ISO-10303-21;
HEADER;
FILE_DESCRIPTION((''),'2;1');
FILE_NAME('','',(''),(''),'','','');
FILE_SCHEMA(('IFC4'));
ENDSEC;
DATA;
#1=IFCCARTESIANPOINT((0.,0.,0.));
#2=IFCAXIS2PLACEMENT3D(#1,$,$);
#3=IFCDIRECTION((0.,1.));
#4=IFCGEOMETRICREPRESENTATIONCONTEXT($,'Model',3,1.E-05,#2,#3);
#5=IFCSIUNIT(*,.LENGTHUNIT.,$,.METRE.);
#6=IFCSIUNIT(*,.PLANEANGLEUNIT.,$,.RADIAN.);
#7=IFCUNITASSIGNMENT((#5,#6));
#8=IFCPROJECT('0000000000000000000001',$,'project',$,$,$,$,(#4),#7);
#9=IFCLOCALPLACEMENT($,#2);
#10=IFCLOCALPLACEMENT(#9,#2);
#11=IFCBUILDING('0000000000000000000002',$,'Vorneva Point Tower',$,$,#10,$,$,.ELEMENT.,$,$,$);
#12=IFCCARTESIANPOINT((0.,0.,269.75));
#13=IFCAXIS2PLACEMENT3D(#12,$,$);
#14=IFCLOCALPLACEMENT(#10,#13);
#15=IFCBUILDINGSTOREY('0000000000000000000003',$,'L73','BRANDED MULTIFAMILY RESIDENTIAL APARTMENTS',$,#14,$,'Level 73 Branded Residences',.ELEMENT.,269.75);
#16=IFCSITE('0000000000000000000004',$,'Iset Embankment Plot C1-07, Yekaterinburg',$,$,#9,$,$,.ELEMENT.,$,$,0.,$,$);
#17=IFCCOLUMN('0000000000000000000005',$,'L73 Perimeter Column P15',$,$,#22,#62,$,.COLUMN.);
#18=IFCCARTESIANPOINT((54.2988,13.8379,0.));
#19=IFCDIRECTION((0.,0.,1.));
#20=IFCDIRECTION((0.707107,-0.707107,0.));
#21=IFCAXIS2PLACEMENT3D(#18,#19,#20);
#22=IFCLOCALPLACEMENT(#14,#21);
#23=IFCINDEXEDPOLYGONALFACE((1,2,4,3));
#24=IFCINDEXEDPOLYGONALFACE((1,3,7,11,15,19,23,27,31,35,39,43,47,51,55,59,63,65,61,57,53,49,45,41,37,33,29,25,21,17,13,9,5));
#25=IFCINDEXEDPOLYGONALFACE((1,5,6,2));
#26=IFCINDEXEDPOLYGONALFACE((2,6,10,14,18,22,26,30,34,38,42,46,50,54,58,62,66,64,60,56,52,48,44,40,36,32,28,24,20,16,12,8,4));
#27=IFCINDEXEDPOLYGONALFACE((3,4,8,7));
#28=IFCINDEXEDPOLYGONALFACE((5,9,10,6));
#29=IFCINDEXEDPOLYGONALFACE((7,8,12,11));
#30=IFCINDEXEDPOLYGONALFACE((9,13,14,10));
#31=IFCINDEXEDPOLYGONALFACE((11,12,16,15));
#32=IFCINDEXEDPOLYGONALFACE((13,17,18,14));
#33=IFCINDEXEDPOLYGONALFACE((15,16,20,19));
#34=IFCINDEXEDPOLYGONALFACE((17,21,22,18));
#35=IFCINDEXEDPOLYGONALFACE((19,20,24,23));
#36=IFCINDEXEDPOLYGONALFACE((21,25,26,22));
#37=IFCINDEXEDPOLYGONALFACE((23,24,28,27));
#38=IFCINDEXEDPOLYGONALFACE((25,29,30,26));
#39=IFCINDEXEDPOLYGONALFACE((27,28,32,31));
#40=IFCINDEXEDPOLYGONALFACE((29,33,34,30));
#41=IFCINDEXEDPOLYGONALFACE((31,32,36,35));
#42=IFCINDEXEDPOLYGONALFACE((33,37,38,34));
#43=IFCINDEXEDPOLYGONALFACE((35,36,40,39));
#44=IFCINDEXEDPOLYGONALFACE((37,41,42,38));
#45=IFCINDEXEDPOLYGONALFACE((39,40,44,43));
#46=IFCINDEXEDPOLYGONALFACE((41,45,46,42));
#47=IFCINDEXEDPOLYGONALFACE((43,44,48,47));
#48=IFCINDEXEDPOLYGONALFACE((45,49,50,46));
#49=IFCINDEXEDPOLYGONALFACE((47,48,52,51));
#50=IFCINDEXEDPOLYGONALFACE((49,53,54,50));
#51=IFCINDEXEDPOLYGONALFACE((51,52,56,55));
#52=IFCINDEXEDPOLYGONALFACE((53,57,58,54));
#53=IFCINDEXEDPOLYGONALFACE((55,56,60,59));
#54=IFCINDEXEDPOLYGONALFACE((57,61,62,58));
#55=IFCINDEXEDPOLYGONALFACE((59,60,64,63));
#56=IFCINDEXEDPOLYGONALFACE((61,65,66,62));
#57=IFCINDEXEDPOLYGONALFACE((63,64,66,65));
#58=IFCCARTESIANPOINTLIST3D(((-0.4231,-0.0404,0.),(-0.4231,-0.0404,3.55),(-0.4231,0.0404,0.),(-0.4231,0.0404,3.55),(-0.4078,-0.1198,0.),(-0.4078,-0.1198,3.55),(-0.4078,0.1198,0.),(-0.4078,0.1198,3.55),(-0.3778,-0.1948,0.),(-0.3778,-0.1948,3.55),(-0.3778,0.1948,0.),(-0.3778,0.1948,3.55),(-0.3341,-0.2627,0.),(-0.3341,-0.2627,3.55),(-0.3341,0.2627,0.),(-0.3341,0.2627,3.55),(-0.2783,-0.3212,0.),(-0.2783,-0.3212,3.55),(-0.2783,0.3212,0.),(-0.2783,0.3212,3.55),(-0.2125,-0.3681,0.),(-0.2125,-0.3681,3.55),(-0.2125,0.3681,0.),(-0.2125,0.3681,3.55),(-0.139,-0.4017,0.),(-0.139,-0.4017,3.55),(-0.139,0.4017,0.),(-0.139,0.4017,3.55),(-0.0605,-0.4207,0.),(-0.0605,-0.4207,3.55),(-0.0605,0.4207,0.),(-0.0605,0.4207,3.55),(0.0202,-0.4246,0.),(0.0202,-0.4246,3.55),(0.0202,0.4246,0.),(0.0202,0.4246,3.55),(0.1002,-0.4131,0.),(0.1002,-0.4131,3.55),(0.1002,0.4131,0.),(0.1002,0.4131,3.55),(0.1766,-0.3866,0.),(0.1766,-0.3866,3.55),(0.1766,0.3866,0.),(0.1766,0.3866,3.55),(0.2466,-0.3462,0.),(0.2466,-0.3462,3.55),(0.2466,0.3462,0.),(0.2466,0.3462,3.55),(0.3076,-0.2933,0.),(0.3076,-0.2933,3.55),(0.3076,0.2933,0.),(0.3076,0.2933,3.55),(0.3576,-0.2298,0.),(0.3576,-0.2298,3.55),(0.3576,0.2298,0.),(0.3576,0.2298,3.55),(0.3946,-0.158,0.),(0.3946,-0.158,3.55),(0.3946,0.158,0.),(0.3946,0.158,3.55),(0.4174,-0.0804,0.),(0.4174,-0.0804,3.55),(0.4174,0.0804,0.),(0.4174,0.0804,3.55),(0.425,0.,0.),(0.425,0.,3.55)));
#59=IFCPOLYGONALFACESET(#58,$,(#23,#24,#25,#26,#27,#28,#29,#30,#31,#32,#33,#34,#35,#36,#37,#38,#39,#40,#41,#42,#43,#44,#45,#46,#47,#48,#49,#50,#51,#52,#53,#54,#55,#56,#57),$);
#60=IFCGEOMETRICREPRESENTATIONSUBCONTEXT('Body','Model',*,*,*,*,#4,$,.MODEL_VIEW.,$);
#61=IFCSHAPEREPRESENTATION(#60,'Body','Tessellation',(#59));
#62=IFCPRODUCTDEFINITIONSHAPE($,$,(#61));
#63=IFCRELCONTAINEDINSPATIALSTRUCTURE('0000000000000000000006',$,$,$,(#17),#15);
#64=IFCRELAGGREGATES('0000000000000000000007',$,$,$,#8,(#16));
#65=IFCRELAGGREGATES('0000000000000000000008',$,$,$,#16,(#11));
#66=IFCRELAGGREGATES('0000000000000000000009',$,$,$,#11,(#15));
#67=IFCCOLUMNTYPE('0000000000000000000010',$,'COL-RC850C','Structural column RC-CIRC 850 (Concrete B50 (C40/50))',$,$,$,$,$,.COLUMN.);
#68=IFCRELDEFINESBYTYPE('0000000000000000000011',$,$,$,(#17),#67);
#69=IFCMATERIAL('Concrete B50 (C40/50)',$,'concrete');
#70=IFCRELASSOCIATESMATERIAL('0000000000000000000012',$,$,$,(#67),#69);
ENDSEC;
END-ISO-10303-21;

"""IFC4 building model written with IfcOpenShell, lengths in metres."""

from ifc_helpers import new_model, si_unit, direction, frame, origin, origin_2d, place, context, subcontext, project, spatial, circle, extrude, material, material_profile, profile_set, type_object, element, save


model = new_model("IFC4")

# Units and contexts
model_context = context("Model", 3, precision=1e-05, world=origin(), true_north=direction((0.0, 1.0)))
body_context = subcontext(model_context, "Body", "Model", "MODEL_VIEW")
ifc_project = project(units=[si_unit("LENGTHUNIT", "METRE"), si_unit("PLANEANGLEUNIT", "RADIAN")], contexts=[model_context])

# Site, building, storey
site_placement = place(None, origin())
site = spatial("IfcSite", under=ifc_project, at=site_placement, Name="Iset Embankment Plot C1-07, Yekaterinburg", CompositionType="ELEMENT", RefElevation=0.0)
building_placement = place(site_placement, origin())
building = spatial("IfcBuilding", under=site, at=building_placement, Name="Vorneva Point Tower", CompositionType="ELEMENT")
storey_placement = place(building_placement, frame((0.0, 0.0, 269.75)))
storey = spatial("IfcBuildingStorey", under=building, at=storey_placement, Name="L73", Description="BRANDED MULTIFAMILY RESIDENTIAL APARTMENTS", LongName="Level 73 Branded Residences", CompositionType="ELEMENT", Elevation=269.75)

# Column
ifc_material_1 = material(Name="Concrete B50 (C40/50)", Category="concrete")
ifc_material_profile_1 = material_profile(ifc_material_1, circle(Radius=0.425, at=origin_2d()), Name="RC-CIRC 850")
ifc_profile_set_1 = profile_set([ifc_material_profile_1], Name="Concrete B50 (C40/50)")
column_type = type_object("IfcColumnType", Name="COL-RC850C", Description="Structural column RC-CIRC 850 (Concrete B50 (C40/50))", PredefinedType="COLUMN", material=ifc_profile_set_1)
for number, where, z_axis, x_axis, name in (
    (1, (54.2988, 13.8379, 0.0), (0.0, 0.0, 1.0), (0.707107, -0.707107, 0.0), "L73 Perimeter Column P15"),
):
    element("IfcColumn", number, at=place(storey_placement, frame(where, z_axis=z_axis, x_axis=x_axis)), inside=storey, type_object=column_type, Name=name, PredefinedType="COLUMN", context=body_context, shape_type="SweptSolid", body=[
        extrude(circle(Radius=0.425, at=origin_2d()), origin(), (0.0, 0.0, 1.0), 3.55),
    ])

save(model, "model.ifc")
